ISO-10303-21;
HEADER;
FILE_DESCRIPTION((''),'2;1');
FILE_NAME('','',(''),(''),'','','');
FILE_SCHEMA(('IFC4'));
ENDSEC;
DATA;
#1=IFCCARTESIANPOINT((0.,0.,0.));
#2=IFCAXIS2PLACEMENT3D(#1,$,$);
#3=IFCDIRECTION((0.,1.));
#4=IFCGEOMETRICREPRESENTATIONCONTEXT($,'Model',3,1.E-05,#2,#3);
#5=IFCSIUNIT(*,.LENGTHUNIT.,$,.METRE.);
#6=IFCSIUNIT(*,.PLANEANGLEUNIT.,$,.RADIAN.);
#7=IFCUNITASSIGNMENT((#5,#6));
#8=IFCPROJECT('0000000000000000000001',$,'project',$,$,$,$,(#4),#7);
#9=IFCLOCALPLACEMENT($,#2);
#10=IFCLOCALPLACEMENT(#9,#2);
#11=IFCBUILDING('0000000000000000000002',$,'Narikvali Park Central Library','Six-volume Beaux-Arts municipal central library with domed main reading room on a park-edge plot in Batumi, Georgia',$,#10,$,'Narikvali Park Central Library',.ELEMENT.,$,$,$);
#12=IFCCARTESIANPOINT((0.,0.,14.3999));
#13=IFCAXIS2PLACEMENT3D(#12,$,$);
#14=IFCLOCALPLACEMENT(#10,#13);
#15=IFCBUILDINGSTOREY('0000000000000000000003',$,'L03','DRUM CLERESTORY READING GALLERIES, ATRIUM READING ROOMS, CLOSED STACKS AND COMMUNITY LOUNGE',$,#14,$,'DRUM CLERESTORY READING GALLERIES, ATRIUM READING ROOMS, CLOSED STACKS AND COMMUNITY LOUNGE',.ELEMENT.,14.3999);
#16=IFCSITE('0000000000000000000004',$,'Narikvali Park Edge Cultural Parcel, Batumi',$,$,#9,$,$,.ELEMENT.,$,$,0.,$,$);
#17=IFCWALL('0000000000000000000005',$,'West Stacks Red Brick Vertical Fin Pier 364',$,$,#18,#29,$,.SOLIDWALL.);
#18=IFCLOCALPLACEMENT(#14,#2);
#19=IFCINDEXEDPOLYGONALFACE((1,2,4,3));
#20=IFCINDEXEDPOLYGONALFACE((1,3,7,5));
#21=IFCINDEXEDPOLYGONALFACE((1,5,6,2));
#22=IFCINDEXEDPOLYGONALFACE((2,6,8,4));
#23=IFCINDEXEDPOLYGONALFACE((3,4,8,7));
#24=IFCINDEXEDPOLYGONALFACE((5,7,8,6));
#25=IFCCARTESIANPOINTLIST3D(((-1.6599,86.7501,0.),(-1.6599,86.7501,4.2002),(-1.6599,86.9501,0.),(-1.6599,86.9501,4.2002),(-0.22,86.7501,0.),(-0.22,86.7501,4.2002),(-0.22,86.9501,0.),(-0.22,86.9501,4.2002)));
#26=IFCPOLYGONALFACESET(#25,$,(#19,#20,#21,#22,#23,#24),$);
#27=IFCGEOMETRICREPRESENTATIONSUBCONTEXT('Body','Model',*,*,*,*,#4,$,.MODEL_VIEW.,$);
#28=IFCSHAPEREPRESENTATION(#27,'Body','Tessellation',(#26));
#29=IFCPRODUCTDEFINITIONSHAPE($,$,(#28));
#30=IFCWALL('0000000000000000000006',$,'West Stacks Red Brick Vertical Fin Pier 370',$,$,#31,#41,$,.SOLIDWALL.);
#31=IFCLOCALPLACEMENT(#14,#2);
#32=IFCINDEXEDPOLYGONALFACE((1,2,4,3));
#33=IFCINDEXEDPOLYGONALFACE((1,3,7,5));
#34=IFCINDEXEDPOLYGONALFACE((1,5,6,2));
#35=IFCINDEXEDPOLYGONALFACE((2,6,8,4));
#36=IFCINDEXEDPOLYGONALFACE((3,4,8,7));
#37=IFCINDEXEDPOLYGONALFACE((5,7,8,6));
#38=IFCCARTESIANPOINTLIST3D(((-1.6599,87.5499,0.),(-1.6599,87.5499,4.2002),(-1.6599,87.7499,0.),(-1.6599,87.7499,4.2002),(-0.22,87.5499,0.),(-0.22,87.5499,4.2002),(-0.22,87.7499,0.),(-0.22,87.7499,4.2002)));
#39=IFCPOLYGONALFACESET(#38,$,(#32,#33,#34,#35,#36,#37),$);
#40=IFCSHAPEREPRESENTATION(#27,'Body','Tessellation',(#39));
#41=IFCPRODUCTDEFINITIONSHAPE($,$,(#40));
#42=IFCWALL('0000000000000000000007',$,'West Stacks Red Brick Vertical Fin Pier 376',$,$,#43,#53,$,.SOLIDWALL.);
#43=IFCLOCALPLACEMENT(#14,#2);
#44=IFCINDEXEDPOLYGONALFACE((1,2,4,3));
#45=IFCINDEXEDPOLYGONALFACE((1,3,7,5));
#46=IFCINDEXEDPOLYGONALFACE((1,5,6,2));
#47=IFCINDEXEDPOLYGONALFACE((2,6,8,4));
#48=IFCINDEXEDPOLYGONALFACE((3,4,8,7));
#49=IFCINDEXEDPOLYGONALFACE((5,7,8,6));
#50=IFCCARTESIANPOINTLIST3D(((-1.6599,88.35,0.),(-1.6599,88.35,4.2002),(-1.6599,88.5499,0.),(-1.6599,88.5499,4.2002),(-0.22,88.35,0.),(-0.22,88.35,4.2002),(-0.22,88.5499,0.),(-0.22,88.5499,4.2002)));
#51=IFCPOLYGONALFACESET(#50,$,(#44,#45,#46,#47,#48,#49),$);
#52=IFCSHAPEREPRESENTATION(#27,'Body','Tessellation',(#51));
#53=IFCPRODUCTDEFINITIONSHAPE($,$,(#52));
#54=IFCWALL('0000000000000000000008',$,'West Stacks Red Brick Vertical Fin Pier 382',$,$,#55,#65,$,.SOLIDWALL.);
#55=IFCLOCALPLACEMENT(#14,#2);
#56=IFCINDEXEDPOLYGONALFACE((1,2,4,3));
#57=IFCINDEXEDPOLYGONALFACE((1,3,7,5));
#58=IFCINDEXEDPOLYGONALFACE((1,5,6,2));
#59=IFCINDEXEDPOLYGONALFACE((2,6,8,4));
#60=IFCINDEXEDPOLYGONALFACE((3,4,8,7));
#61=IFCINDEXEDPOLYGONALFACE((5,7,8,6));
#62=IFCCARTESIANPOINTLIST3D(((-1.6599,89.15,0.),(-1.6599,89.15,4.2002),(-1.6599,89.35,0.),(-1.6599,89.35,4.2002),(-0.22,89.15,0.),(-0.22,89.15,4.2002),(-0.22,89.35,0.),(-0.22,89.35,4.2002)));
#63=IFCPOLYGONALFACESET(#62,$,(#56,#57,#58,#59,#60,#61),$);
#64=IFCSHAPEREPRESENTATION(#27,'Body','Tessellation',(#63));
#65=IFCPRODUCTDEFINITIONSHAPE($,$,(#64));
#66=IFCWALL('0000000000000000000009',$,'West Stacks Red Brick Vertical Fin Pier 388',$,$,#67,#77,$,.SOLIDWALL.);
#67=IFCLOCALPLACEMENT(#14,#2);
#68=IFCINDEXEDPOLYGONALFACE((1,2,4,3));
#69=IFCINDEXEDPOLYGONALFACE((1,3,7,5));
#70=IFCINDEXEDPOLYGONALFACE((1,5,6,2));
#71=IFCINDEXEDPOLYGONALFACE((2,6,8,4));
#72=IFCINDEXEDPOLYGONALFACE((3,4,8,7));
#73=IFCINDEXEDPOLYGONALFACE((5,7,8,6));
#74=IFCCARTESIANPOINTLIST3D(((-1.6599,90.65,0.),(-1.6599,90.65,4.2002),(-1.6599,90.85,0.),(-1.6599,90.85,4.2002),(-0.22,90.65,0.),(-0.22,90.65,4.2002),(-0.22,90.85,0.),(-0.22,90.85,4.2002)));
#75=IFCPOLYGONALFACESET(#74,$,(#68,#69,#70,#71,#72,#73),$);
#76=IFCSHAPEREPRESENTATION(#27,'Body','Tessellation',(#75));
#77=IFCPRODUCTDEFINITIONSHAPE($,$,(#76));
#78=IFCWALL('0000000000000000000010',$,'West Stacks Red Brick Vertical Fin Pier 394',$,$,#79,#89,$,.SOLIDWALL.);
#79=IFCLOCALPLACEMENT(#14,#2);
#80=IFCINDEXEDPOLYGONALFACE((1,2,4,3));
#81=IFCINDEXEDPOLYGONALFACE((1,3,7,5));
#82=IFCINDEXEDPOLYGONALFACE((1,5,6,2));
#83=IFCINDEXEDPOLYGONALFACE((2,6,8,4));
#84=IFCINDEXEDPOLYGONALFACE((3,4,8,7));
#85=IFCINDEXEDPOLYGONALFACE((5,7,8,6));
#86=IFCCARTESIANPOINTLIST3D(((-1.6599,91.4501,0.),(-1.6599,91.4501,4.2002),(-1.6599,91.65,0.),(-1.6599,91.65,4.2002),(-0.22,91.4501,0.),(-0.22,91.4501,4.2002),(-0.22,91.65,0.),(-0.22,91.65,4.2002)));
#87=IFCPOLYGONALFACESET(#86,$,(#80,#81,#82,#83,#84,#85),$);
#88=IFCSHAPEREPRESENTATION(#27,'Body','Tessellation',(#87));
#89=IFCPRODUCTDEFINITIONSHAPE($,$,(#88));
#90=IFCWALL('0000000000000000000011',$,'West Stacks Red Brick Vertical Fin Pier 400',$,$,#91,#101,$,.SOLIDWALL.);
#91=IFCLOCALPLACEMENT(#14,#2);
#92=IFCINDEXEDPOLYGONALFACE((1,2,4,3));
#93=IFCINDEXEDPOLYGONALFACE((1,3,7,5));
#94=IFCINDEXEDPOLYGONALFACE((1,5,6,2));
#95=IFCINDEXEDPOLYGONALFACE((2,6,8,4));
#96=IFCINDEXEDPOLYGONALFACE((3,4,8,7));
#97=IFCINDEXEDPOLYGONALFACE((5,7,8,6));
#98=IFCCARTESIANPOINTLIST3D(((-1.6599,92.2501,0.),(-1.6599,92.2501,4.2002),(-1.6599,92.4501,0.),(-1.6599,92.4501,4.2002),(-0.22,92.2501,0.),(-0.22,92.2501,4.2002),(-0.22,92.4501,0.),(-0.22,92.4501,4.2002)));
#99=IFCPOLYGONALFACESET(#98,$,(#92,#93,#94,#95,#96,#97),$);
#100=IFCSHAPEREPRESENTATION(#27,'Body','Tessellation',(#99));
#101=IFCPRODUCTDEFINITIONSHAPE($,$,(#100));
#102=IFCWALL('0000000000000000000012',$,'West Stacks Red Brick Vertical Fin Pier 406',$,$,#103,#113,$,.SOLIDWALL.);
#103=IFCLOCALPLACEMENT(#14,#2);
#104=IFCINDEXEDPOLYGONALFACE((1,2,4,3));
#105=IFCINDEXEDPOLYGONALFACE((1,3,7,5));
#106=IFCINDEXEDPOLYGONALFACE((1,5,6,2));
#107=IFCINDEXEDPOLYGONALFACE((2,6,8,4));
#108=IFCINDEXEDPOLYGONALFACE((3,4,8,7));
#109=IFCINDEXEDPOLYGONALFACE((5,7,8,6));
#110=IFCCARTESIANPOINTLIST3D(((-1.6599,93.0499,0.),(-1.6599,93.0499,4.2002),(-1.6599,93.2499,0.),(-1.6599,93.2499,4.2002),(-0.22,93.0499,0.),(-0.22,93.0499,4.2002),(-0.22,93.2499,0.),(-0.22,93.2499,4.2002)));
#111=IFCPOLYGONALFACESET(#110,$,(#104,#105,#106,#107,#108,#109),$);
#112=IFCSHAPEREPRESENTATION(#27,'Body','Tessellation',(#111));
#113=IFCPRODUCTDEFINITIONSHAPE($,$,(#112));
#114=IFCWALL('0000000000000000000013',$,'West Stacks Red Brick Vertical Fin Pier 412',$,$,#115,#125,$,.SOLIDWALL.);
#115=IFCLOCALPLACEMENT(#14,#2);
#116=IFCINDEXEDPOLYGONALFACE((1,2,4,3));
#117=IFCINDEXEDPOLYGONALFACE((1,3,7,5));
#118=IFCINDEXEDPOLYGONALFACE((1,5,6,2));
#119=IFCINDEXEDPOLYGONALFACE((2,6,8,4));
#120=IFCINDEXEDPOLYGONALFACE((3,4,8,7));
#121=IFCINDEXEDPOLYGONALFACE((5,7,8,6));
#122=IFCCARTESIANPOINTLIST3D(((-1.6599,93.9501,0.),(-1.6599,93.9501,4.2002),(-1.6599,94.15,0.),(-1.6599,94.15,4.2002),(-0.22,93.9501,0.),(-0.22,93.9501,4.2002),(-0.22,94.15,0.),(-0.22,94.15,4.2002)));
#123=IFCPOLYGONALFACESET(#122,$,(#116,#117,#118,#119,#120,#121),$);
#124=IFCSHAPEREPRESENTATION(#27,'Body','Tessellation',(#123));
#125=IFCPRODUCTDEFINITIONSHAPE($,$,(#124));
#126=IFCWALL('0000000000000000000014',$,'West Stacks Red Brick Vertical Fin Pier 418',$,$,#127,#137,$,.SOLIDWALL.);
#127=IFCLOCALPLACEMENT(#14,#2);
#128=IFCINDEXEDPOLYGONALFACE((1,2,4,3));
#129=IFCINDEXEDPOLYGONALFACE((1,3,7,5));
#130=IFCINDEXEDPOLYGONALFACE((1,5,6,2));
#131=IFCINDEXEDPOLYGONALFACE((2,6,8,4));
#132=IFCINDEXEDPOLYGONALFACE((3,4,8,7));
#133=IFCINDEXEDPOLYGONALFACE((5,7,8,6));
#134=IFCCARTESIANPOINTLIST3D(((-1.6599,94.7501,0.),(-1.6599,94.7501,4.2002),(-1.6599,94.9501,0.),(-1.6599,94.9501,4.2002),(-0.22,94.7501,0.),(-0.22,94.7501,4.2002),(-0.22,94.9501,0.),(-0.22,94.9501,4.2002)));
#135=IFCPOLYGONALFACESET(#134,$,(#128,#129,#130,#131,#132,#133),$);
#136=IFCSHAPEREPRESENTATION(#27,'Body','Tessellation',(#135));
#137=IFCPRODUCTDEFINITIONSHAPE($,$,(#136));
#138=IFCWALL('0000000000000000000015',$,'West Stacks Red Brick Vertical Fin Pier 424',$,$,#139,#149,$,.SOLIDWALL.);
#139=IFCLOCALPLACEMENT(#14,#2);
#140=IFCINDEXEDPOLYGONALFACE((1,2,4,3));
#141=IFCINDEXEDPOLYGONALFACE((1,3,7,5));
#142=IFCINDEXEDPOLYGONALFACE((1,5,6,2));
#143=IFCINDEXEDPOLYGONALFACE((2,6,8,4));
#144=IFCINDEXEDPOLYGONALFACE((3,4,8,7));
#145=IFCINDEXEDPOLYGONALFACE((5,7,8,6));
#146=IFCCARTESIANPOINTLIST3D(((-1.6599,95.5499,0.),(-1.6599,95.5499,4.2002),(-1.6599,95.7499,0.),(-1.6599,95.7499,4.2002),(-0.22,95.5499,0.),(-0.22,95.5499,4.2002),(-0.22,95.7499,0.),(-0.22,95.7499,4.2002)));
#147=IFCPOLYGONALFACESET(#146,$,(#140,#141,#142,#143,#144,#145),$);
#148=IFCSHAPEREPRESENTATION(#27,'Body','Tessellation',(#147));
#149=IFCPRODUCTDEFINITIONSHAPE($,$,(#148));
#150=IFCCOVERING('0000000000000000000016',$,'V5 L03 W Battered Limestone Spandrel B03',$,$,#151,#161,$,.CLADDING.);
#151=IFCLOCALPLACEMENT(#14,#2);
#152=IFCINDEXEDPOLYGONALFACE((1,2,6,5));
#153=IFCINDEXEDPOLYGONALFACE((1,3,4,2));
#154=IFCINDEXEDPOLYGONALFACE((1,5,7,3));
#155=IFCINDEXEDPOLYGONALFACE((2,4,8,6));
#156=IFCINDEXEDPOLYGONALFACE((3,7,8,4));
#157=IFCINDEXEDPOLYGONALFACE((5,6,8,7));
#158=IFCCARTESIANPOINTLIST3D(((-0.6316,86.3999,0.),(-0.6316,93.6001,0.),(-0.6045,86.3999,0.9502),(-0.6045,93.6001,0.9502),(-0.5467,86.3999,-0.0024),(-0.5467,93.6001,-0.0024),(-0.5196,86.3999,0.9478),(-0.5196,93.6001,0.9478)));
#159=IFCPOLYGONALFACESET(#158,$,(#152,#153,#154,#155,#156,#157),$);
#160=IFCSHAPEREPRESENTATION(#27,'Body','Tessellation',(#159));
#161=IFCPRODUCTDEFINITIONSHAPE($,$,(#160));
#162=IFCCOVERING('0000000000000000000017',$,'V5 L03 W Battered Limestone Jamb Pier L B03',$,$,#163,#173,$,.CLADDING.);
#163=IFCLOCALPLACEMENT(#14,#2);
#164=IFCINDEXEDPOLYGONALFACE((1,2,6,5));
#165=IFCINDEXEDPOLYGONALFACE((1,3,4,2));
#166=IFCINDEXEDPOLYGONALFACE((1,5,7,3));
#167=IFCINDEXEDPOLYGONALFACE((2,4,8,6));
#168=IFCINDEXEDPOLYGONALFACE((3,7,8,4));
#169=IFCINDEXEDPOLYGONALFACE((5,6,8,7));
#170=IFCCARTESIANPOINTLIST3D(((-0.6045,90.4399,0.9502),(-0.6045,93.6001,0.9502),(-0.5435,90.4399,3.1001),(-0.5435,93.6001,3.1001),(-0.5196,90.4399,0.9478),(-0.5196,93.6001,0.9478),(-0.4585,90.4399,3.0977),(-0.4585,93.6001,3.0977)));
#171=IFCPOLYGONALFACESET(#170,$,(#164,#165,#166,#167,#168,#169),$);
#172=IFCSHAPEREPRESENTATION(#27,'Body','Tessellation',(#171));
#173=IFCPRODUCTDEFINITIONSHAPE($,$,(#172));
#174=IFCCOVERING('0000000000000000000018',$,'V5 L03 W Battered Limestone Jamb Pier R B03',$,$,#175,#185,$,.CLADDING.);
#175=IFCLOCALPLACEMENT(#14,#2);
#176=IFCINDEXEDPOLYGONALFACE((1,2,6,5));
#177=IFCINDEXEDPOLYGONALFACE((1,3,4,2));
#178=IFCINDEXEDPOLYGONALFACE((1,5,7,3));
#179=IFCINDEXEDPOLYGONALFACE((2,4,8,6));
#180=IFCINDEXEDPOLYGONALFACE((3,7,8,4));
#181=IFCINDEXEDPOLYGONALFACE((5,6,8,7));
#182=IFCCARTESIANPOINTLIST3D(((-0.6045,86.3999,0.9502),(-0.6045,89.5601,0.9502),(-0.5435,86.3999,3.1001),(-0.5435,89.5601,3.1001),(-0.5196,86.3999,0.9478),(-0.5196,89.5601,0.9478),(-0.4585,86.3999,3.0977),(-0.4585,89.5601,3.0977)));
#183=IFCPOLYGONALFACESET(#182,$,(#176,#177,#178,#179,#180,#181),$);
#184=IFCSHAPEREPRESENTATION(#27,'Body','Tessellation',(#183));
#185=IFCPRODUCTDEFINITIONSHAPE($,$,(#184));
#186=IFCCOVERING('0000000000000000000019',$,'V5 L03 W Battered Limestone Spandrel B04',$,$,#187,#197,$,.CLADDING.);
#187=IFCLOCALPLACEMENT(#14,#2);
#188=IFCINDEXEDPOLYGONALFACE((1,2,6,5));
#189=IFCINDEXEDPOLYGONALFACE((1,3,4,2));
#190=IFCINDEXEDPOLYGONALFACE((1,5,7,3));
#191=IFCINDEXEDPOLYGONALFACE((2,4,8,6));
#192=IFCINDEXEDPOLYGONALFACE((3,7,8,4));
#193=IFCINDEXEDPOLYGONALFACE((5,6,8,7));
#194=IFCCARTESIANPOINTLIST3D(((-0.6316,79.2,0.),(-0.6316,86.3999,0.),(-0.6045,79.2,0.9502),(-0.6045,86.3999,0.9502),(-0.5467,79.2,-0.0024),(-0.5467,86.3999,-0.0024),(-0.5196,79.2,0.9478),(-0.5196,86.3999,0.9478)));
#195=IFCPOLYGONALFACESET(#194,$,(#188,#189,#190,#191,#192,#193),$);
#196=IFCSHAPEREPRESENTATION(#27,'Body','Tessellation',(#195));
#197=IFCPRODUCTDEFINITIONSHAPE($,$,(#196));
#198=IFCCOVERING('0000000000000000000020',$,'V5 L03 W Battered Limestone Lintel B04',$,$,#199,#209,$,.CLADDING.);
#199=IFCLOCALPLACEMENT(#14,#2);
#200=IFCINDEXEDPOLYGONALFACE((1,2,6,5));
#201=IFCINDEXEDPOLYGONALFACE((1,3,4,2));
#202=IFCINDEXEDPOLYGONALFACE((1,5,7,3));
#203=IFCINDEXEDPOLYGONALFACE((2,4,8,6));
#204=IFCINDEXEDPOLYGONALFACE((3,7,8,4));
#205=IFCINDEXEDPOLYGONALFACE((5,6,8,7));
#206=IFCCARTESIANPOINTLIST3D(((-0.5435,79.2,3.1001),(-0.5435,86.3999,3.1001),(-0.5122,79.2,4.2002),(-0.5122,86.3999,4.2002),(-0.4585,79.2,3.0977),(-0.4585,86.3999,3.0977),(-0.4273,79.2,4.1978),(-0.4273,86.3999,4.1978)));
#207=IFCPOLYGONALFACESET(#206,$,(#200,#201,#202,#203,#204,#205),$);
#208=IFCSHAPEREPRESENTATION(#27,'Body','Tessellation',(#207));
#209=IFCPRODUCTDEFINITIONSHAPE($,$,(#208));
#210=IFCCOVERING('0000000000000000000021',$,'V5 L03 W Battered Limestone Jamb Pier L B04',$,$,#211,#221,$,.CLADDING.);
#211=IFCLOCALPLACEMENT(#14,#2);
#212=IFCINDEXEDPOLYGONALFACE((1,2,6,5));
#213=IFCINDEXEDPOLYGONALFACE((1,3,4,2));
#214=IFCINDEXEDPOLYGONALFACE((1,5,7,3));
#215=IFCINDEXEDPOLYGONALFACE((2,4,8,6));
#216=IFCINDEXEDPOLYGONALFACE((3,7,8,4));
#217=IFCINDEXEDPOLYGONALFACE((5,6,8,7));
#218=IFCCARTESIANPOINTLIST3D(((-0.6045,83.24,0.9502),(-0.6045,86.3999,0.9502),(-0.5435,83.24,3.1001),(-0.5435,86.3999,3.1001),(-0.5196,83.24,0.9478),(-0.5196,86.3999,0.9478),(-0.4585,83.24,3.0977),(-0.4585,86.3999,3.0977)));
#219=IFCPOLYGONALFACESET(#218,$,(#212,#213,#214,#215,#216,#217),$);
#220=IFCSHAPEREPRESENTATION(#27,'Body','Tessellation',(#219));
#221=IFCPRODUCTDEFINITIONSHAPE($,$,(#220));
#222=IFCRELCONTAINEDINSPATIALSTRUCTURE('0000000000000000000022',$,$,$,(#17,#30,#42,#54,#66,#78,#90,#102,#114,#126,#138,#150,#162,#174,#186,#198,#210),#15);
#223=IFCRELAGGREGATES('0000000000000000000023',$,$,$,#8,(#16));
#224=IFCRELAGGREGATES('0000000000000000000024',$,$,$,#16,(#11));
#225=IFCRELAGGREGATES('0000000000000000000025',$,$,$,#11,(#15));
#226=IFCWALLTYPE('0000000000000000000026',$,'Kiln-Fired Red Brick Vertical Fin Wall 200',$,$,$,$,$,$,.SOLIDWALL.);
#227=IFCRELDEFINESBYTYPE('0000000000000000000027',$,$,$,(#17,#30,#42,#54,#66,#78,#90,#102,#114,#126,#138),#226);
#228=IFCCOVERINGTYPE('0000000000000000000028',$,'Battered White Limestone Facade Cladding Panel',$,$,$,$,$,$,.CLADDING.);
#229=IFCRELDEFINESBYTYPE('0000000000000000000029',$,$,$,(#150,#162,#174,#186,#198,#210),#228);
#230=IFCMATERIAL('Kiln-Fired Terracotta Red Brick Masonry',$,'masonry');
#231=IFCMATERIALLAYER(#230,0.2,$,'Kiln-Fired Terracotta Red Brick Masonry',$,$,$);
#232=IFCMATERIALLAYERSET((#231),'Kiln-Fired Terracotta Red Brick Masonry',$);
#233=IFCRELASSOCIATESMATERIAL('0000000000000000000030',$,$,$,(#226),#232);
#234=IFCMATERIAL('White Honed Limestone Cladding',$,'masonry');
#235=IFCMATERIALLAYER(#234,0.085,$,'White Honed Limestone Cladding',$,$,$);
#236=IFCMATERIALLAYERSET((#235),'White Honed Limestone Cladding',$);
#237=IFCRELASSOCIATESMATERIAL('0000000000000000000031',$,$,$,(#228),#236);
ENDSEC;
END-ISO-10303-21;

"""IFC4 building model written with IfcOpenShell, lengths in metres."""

from ifc_helpers import new_model, si_unit, direction, frame, frame_2d, origin, place, context, subcontext, project, spatial, polyline, rectangle, outline, extrude, material, layer, layer_set, type_object, element, save


model = new_model("IFC4")

# Units and contexts
model_context = context("Model", 3, precision=1e-05, world=origin(), true_north=direction((0.0, 1.0)))
body_context = subcontext(model_context, "Body", "Model", "MODEL_VIEW")
ifc_project = project(units=[si_unit("LENGTHUNIT", "METRE"), si_unit("PLANEANGLEUNIT", "RADIAN")], contexts=[model_context])

# Site, building, storey
site_placement = place(None, origin())
site = spatial("IfcSite", under=ifc_project, at=site_placement, Name="Narikvali Park Edge Cultural Parcel, Batumi", CompositionType="ELEMENT", RefElevation=0.0)
building_placement = place(site_placement, origin())
building = spatial("IfcBuilding", under=site, at=building_placement, Name="Narikvali Park Central Library", Description="Six-volume Beaux-Arts municipal central library with domed main reading room on a park-edge plot in Batumi, Georgia", LongName="Narikvali Park Central Library", CompositionType="ELEMENT")
storey_placement = place(building_placement, frame((0.0, 0.0, 14.3999)))
storey = spatial("IfcBuildingStorey", under=building, at=storey_placement, Name="L03", Description="DRUM CLERESTORY READING GALLERIES, ATRIUM READING ROOMS, CLOSED STACKS AND COMMUNITY LOUNGE", LongName="DRUM CLERESTORY READING GALLERIES, ATRIUM READING ROOMS, CLOSED STACKS AND COMMUNITY LOUNGE", CompositionType="ELEMENT", Elevation=14.3999)

# Walls
ifc_material_1 = material(Name="Kiln-Fired Terracotta Red Brick Masonry", Category="masonry")
ifc_layer_1 = layer(ifc_material_1, 0.2, Name="Kiln-Fired Terracotta Red Brick Masonry")
ifc_layer_set_1 = layer_set([ifc_layer_1], Name="Kiln-Fired Terracotta Red Brick Masonry")
wall_type = type_object("IfcWallType", Name="Kiln-Fired Red Brick Vertical Fin Wall 200", PredefinedType="SOLIDWALL", material=ifc_layer_set_1)
for number, where, z_axis, x_axis, name in (
    (1, (-1.6599, 86.8501, 0.0), (0.0, 0.0, 1.0), (1.0, 0.0, 0.0), "West Stacks Red Brick Vertical Fin Pier 364"),
    (2, (-1.6599, 87.6499, 0.0), (0.0, 0.0, 1.0), (1.0, 0.0, 0.0), "West Stacks Red Brick Vertical Fin Pier 370"),
    (3, (-1.6599, 88.45, 0.0), (0.0, 0.0, 1.0), (1.0, 0.0, 0.0), "West Stacks Red Brick Vertical Fin Pier 376"),
    (4, (-1.6599, 89.25, 0.0), (0.0, 0.0, 1.0), (1.0, 0.0, 0.0), "West Stacks Red Brick Vertical Fin Pier 382"),
    (5, (-1.6599, 90.75, 0.0), (0.0, 0.0, 1.0), (1.0, 0.0, 0.0), "West Stacks Red Brick Vertical Fin Pier 388"),
    (6, (-1.6599, 91.55, 0.0), (0.0, 0.0, 1.0), (1.0, 0.0, 0.0), "West Stacks Red Brick Vertical Fin Pier 394"),
    (7, (-1.6599, 92.3501, 0.0), (0.0, 0.0, 1.0), (1.0, 0.0, 0.0), "West Stacks Red Brick Vertical Fin Pier 400"),
    (8, (-1.6599, 93.1499, 0.0), (0.0, 0.0, 1.0), (1.0, 0.0, 0.0), "West Stacks Red Brick Vertical Fin Pier 406"),
    (9, (-1.6599, 94.05, 0.0), (0.0, 0.0, 1.0), (1.0, 0.0, 0.0), "West Stacks Red Brick Vertical Fin Pier 412"),
    (10, (-1.6599, 94.8501, 0.0), (0.0, 0.0, 1.0), (1.0, 0.0, 0.0), "West Stacks Red Brick Vertical Fin Pier 418"),
    (11, (-1.6599, 95.6499, 0.0), (0.0, 0.0, 1.0), (1.0, 0.0, 0.0), "West Stacks Red Brick Vertical Fin Pier 424"),
):
    element("IfcWall", number, at=place(storey_placement, frame(where, z_axis=z_axis, x_axis=x_axis)), inside=storey, type_object=wall_type, Name=name, PredefinedType="SOLIDWALL", context=body_context, shape_type="SweptSolid", body=[
        extrude(rectangle(XDim=1.4399, YDim=0.2, at=frame_2d((0.72, 0.0))), origin(), (0.0, 0.0, 1.0), 4.2002),
    ])

# Coverings
ifc_material_2 = material(Name="White Honed Limestone Cladding", Category="masonry")
ifc_layer_2 = layer(ifc_material_2, 0.085, Name="White Honed Limestone Cladding")
ifc_layer_set_2 = layer_set([ifc_layer_2], Name="White Honed Limestone Cladding")
covering_type = type_object("IfcCoveringType", Name="Battered White Limestone Facade Cladding Panel", PredefinedType="CLADDING", material=ifc_layer_set_2)
covering_1_placement = place(storey_placement, frame((-0.6316, 93.6001, 0.0), z_axis=(-0.999594, 0.0, 0.028508), x_axis=(0.0, -1.0, 0.0)))
element("IfcCovering", 12, at=covering_1_placement, inside=storey, type_object=covering_type, Name="V5 L03 W Battered Limestone Spandrel B03", PredefinedType="CLADDING", context=body_context, shape_type="SweptSolid", body=[
    extrude(outline(polyline([(0.0, 0.0), (7.2002, 0.0), (7.2002, 0.9506), (0.0, 0.9506), (0.0, 0.0)])), origin(), (0.0, 0.0, -1.0), 0.085),
])
for number, where, z_axis, x_axis, name in (
    (13, (-0.6045, 93.6001, 0.9502), (-0.999597, 0.0, 0.028378), (0.0, -1.0, 0.0), "V5 L03 W Battered Limestone Jamb Pier L B03"),
    (14, (-0.6045, 89.5601, 0.9502), (-0.999597, 0.0, 0.028378), (0.0, -1.0, 0.0), "V5 L03 W Battered Limestone Jamb Pier R B03"),
):
    element("IfcCovering", number, at=place(storey_placement, frame(where, z_axis=z_axis, x_axis=x_axis)), inside=storey, type_object=covering_type, Name=name, PredefinedType="CLADDING", context=body_context, shape_type="SweptSolid", body=[
        extrude(outline(polyline([(0.0, 0.0), (3.1602, 0.0), (3.1602, 2.1508), (0.0, 2.1508), (0.0, 0.0)])), origin(), (0.0, 0.0, -1.0), 0.085),
    ])
covering_2_placement = place(storey_placement, frame((-0.6316, 86.3999, 0.0), z_axis=(-0.999594, 0.0, 0.028508), x_axis=(0.0, -1.0, 0.0)))
element("IfcCovering", 15, at=covering_2_placement, inside=storey, type_object=covering_type, Name="V5 L03 W Battered Limestone Spandrel B04", PredefinedType="CLADDING", context=body_context, shape_type="SweptSolid", body=[
    extrude(outline(polyline([(0.0, 0.0), (7.2, 0.0), (7.2, 0.9506), (0.0, 0.9506), (0.0, 0.0)])), origin(), (0.0, 0.0, -1.0), 0.085),
])
covering_3_placement = place(storey_placement, frame((-0.5435, 86.3999, 3.1001), z_axis=(-0.999597, 0.0, 0.028395), x_axis=(0.0, -1.0, 0.0)))
element("IfcCovering", 16, at=covering_3_placement, inside=storey, type_object=covering_type, Name="V5 L03 W Battered Limestone Lintel B04", PredefinedType="CLADDING", context=body_context, shape_type="SweptSolid", body=[
    extrude(outline(polyline([(0.0, 0.0), (7.2, 0.0), (7.2, 1.1005), (0.0, 1.1005), (0.0, 0.0)])), origin(), (0.0, 0.0, -1.0), 0.085),
])
covering_4_placement = place(storey_placement, frame((-0.6045, 86.3999, 0.9502), z_axis=(-0.999597, 0.0, 0.028378), x_axis=(0.0, -1.0, 0.0)))
element("IfcCovering", 17, at=covering_4_placement, inside=storey, type_object=covering_type, Name="V5 L03 W Battered Limestone Jamb Pier L B04", PredefinedType="CLADDING", context=body_context, shape_type="SweptSolid", body=[
    extrude(outline(polyline([(0.0, 0.0), (3.1599, 0.0), (3.1599, 2.1508), (0.0, 2.1508), (0.0, 0.0)])), origin(), (0.0, 0.0, -1.0), 0.085),
])

save(model, "model.ifc")
